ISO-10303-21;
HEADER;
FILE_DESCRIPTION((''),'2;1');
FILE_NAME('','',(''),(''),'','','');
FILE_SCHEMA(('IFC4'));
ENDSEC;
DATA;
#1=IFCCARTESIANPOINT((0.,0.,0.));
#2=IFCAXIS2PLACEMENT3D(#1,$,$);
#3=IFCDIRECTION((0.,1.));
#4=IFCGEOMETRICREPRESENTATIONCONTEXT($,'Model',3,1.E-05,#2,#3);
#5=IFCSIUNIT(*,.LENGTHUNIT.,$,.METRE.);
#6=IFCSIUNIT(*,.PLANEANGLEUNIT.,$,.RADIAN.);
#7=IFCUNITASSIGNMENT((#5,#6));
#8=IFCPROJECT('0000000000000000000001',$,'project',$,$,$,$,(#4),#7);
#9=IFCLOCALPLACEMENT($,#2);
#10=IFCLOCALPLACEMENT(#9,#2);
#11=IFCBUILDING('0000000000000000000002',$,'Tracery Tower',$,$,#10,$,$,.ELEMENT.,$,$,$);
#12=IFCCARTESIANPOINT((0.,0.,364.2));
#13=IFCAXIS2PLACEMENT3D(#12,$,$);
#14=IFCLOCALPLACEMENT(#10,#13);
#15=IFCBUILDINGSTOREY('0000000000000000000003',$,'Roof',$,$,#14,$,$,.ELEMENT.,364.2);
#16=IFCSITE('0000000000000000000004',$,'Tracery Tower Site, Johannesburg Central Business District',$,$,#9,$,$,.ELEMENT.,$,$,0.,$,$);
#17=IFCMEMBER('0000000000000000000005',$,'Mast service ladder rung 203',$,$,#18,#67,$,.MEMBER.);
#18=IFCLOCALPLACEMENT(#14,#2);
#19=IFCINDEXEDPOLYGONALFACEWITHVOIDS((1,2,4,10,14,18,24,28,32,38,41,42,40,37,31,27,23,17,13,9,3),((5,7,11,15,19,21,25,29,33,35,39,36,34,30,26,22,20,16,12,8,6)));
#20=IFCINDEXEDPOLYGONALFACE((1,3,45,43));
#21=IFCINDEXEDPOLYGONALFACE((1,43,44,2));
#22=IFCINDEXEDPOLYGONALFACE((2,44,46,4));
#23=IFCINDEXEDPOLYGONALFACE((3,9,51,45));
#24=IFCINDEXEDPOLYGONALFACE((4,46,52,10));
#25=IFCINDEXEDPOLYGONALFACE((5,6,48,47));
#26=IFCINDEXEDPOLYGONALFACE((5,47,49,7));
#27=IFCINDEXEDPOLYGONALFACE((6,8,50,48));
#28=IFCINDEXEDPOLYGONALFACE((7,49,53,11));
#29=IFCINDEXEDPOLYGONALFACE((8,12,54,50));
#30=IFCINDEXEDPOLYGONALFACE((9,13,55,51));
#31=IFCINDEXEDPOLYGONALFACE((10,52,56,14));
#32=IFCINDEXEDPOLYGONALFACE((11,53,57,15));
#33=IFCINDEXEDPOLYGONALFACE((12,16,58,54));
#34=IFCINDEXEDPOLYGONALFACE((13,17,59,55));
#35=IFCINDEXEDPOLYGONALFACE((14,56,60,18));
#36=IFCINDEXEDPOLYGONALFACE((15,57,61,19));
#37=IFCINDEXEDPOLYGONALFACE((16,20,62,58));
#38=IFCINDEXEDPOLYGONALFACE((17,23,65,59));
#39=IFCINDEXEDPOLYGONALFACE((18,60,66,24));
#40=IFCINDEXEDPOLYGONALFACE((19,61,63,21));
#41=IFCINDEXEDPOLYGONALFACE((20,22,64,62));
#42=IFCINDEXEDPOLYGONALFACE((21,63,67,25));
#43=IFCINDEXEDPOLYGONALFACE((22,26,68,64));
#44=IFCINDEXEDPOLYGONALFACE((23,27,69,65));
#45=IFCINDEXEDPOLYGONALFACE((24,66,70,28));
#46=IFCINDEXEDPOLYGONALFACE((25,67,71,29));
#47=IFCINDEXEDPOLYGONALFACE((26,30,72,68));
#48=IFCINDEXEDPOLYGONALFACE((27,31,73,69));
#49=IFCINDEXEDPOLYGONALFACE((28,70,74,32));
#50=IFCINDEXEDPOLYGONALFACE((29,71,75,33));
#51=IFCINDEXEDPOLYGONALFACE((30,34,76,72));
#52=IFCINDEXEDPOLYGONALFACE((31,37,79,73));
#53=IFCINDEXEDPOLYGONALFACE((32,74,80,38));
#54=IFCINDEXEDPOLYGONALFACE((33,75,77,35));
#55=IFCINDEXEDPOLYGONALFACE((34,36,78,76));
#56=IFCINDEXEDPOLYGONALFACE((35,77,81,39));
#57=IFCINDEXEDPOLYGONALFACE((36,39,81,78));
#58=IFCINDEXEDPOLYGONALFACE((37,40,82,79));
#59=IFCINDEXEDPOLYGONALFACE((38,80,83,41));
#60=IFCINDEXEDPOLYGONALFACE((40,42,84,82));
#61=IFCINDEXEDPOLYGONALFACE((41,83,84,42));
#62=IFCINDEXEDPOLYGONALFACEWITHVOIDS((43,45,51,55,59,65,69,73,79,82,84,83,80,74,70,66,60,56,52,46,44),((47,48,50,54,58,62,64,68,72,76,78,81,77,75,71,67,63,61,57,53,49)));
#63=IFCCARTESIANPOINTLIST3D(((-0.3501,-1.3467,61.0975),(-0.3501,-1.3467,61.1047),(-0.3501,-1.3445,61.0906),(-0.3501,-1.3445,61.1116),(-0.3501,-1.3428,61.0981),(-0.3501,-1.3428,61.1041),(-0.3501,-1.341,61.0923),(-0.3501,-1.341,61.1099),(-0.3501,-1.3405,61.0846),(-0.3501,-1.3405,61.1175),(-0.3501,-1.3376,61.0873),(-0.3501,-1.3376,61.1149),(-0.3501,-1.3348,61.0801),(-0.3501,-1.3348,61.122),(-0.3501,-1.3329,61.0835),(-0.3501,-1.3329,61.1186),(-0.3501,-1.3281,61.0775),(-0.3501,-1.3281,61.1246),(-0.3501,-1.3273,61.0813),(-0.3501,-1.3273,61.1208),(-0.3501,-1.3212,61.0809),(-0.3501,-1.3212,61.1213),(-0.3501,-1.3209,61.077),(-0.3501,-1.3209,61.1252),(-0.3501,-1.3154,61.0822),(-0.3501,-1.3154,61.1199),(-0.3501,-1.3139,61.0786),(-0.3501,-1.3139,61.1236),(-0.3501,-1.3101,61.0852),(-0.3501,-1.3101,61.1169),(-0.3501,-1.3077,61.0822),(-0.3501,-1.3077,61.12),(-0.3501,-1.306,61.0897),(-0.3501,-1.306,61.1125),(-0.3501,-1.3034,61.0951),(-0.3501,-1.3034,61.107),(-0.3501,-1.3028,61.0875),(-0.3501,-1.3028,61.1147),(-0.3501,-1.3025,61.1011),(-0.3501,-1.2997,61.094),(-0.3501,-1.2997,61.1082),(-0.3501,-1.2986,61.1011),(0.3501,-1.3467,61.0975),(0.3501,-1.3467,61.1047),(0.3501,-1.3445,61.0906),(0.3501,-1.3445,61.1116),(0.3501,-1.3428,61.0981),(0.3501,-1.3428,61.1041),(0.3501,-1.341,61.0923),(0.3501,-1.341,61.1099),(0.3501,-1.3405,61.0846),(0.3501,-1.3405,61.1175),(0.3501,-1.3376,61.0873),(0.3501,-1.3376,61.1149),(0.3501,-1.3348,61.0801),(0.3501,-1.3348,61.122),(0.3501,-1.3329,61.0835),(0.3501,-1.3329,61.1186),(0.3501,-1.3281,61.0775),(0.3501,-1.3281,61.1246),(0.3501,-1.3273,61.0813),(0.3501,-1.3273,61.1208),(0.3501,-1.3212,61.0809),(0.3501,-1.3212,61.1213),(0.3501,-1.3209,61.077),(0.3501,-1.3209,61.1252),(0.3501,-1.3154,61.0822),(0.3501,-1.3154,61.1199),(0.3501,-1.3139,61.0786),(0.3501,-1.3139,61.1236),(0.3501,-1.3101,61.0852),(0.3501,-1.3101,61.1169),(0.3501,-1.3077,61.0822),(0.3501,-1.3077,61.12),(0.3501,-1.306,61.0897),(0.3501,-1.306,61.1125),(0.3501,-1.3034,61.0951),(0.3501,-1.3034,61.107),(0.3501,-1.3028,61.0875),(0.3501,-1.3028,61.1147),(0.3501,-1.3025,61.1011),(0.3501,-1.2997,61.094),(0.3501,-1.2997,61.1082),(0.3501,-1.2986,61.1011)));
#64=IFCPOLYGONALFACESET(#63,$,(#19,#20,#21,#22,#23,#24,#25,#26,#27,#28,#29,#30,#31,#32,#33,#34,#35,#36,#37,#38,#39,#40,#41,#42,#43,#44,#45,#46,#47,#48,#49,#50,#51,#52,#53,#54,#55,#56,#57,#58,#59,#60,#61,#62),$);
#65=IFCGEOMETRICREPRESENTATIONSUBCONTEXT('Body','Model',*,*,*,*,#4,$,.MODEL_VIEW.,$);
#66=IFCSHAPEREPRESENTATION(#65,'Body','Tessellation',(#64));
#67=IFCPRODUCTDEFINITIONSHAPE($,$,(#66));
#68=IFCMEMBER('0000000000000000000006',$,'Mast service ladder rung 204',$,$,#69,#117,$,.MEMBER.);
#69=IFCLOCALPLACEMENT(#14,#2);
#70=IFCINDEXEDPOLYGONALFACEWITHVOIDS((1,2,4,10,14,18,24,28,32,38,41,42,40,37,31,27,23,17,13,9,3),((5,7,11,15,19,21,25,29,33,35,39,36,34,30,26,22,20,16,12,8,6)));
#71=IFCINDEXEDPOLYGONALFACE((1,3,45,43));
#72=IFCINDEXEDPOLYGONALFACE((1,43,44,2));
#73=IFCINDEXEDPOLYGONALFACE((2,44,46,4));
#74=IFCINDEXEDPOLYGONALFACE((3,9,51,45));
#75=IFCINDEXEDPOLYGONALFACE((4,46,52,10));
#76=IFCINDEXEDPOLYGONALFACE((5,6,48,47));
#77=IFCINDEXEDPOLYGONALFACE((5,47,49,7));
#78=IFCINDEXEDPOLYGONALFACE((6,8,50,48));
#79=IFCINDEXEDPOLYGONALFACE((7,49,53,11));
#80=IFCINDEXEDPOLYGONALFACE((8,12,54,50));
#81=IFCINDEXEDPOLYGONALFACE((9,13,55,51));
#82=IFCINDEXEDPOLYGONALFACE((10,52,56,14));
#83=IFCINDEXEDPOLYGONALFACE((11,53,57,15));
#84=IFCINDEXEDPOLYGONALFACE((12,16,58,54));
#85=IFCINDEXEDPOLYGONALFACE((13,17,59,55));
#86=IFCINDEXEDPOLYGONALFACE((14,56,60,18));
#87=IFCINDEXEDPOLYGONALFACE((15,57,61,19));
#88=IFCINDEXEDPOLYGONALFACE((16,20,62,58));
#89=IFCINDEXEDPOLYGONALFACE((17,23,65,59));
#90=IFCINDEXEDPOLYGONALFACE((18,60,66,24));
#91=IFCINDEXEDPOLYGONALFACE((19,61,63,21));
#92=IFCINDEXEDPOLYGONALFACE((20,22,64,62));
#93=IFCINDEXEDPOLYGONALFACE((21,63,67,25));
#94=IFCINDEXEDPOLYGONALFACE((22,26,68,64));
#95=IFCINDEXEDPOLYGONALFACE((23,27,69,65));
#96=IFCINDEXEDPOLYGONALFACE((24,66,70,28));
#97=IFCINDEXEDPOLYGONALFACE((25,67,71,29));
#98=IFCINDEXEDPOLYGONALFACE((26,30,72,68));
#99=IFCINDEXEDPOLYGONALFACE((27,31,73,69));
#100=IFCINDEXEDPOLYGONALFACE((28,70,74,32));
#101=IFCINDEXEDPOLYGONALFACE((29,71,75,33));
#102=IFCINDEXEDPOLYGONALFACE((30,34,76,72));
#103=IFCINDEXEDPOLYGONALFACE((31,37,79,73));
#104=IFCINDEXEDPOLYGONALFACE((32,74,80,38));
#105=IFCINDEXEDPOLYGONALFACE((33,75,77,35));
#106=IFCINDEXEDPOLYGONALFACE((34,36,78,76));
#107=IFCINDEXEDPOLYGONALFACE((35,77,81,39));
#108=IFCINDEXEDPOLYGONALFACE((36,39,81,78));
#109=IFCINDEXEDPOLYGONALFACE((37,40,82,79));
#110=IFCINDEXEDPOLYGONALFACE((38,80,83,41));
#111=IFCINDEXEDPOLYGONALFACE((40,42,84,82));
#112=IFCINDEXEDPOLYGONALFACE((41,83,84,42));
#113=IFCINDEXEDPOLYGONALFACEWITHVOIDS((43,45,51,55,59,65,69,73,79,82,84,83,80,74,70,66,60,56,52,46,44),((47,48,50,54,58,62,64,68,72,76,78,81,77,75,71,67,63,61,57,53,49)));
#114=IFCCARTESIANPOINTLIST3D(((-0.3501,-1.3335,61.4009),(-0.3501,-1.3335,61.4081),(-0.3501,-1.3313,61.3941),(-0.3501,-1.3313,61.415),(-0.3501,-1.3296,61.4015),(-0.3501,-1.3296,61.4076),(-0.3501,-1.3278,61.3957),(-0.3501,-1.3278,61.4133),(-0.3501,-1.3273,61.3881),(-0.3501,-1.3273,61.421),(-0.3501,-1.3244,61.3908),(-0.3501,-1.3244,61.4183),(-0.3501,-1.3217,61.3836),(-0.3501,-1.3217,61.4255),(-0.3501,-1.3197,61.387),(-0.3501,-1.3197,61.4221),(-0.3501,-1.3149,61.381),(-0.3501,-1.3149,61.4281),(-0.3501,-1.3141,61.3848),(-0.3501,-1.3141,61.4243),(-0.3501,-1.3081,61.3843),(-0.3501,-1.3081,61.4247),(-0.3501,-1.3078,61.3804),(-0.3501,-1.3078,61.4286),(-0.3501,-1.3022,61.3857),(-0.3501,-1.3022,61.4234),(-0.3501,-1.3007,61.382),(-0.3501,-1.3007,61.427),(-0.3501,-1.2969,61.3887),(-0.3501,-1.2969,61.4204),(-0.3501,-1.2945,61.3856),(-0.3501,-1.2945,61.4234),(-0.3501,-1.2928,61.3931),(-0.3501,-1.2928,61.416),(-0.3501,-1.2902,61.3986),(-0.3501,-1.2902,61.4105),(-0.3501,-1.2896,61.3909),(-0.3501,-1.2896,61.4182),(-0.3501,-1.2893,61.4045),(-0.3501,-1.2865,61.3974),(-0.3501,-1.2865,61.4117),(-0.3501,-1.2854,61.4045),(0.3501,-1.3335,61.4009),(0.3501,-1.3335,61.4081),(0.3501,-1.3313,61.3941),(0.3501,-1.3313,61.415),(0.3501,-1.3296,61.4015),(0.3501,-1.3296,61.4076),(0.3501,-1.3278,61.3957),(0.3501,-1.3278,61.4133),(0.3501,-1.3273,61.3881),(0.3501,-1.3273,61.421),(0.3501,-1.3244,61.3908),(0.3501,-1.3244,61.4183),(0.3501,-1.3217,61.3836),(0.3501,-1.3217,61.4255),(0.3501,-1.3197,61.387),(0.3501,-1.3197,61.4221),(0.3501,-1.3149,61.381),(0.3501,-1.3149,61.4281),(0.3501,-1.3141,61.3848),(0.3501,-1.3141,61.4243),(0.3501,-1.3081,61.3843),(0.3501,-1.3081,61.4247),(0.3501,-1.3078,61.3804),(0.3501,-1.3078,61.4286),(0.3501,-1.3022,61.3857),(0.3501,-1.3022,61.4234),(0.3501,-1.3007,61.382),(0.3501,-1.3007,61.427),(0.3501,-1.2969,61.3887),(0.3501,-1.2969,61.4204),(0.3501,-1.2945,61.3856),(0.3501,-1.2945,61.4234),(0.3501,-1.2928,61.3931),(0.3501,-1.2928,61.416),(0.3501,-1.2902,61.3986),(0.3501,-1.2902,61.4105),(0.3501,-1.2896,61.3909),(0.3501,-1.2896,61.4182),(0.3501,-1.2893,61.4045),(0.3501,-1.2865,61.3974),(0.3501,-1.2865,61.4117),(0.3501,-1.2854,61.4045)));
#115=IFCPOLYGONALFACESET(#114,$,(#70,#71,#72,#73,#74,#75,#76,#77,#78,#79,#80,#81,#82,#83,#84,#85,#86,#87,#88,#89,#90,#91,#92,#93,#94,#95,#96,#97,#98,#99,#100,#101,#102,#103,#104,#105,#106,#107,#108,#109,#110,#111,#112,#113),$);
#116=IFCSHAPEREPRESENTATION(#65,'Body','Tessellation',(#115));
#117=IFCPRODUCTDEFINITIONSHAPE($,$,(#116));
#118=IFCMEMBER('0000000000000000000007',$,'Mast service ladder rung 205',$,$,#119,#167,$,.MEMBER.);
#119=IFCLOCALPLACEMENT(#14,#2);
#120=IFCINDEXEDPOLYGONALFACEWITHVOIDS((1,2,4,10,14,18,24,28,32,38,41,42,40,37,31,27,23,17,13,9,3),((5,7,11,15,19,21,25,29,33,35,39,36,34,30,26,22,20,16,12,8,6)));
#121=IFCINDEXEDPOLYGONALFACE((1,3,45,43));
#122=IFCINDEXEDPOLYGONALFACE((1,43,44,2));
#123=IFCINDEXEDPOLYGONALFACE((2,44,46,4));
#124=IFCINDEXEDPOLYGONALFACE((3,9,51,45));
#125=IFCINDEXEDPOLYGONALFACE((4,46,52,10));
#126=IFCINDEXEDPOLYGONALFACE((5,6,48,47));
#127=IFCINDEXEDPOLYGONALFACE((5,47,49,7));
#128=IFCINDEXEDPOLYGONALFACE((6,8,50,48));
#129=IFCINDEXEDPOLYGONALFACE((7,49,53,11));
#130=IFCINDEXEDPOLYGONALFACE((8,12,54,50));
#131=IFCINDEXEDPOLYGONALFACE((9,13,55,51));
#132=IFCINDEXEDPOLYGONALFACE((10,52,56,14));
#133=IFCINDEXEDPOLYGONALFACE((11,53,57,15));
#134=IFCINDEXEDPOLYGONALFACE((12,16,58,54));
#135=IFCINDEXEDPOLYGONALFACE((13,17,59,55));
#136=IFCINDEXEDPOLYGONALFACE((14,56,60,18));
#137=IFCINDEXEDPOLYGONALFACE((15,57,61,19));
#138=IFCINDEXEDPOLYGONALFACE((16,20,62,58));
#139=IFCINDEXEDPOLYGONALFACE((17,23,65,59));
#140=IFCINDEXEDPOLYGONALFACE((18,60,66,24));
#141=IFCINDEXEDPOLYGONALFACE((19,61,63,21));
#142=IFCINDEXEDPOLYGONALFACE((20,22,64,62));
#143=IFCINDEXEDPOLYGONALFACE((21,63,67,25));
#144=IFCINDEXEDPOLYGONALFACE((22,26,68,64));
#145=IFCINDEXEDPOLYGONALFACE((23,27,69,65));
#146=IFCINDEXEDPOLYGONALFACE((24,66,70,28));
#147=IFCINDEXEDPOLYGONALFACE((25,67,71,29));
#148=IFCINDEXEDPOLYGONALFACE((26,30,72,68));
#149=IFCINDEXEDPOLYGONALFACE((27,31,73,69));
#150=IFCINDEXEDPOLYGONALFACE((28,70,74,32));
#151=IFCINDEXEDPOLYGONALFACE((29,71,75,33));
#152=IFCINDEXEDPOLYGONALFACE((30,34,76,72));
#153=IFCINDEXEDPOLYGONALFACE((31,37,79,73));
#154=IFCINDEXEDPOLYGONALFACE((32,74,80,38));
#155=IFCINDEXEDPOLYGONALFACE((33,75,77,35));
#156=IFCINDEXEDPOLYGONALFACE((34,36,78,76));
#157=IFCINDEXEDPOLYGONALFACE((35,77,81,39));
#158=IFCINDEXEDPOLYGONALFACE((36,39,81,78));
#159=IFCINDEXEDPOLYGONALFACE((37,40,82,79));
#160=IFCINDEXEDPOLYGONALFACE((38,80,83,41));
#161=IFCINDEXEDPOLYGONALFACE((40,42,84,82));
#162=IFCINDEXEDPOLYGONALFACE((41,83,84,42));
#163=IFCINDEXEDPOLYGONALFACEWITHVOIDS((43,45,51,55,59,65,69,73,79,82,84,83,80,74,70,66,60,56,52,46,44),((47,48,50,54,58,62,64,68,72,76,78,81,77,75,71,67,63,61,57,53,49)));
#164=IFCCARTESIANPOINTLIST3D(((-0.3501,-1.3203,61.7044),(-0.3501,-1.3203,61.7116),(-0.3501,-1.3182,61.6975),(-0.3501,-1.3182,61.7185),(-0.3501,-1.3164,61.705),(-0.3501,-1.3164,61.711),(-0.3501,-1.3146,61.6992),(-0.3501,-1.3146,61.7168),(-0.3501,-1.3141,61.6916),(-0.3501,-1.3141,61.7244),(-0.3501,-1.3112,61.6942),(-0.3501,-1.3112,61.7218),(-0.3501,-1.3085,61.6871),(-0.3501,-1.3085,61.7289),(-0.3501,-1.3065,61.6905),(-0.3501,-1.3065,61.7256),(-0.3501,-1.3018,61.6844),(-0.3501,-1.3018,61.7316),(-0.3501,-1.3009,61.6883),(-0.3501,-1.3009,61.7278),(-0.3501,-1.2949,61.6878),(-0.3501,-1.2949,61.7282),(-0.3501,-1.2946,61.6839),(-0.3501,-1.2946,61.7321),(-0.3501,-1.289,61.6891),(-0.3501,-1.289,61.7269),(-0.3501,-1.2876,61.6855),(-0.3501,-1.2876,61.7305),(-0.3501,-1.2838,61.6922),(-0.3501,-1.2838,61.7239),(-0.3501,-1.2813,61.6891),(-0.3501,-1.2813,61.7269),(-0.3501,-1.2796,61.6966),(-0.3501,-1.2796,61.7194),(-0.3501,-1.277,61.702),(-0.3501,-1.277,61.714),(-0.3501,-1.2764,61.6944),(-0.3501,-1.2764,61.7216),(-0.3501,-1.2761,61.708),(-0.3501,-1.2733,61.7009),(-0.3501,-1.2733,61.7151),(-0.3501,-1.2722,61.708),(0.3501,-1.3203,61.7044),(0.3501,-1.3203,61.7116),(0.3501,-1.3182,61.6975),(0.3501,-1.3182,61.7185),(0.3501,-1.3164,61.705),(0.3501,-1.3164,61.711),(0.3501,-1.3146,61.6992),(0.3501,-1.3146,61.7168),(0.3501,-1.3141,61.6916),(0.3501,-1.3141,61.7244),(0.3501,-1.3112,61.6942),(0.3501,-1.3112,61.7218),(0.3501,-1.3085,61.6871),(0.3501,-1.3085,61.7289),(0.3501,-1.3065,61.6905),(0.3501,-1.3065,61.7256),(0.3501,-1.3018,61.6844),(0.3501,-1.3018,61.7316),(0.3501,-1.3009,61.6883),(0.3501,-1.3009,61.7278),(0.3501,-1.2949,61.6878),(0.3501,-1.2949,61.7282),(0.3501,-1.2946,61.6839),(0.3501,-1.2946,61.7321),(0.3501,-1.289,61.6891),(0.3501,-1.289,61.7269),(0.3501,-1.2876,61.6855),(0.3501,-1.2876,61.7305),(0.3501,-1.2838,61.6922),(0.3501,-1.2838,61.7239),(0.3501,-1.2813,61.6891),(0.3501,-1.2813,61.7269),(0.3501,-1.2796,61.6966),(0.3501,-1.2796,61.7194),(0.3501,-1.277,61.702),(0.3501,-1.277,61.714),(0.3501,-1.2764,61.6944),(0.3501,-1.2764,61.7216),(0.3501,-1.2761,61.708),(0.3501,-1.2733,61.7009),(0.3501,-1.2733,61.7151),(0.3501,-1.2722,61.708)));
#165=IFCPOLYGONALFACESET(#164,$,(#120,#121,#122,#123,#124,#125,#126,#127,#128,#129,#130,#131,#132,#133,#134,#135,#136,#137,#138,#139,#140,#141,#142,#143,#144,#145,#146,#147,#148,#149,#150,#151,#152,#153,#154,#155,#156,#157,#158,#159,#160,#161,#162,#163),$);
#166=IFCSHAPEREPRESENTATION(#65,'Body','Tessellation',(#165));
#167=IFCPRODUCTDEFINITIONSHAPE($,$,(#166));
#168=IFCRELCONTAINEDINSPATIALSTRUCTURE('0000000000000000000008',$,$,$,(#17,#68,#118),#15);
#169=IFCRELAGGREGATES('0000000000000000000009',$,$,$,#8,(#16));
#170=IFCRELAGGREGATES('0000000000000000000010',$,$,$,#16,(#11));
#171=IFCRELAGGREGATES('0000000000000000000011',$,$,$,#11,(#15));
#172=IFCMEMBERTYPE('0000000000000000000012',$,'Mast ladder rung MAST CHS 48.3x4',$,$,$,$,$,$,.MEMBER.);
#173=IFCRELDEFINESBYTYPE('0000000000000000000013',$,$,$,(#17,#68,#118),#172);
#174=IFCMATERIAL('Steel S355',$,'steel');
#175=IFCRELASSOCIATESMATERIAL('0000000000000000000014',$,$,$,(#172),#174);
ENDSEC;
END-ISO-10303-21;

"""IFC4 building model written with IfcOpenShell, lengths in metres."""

from ifc_helpers import new_model, si_unit, direction, frame, origin, origin_2d, place, context, subcontext, project, spatial, hollow_circle, extrude, material, material_profile, profile_set, type_object, element, save


model = new_model("IFC4")

# Units and contexts
model_context = context("Model", 3, precision=1e-05, world=origin(), true_north=direction((0.0, 1.0)))
body_context = subcontext(model_context, "Body", "Model", "MODEL_VIEW")
ifc_project = project(units=[si_unit("LENGTHUNIT", "METRE"), si_unit("PLANEANGLEUNIT", "RADIAN")], contexts=[model_context])

# Site, building, storey
site_placement = place(None, origin())
site = spatial("IfcSite", under=ifc_project, at=site_placement, Name="Tracery Tower Site, Johannesburg Central Business District", CompositionType="ELEMENT", RefElevation=0.0)
building_placement = place(site_placement, origin())
building = spatial("IfcBuilding", under=site, at=building_placement, Name="Tracery Tower", CompositionType="ELEMENT")
storey_placement = place(building_placement, frame((0.0, 0.0, 364.2)))
storey = spatial("IfcBuildingStorey", under=building, at=storey_placement, Name="Roof", CompositionType="ELEMENT", Elevation=364.2)

# Members
ifc_material_1 = material(Name="Steel S355", Category="steel")
ifc_material_profile_1 = material_profile(ifc_material_1, hollow_circle(Radius=0.0242, WallThickness=0.0039, at=origin_2d()), Name="CHS 48.3x4")
ifc_profile_set_1 = profile_set([ifc_material_profile_1], Name="Steel S355")
member_type_1 = type_object("IfcMemberType", Name="Mast ladder rung MAST CHS 48.3x4", PredefinedType="MEMBER", material=ifc_profile_set_1)
for number, where, z_axis, x_axis, name in (
    (1, (-0.3501, -1.3228, 61.1011), (1.0, 0.0, 0.0), (0.0, 1.0, 0.0), "Mast service ladder rung 203"),
    (2, (-0.3501, -1.3096, 61.4045), (1.0, 0.0, 0.0), (0.0, 1.0, 0.0), "Mast service ladder rung 204"),
    (3, (-0.3501, -1.2964, 61.708), (1.0, 0.0, 0.0), (0.0, 1.0, 0.0), "Mast service ladder rung 205"),
):
    element("IfcMember", number, at=place(storey_placement, frame(where, z_axis=z_axis, x_axis=x_axis)), inside=storey, type_object=member_type_1, Name=name, PredefinedType="MEMBER", context=body_context, shape_type="SweptSolid", body=[
        extrude(hollow_circle(Radius=0.0242, WallThickness=0.0039, at=origin_2d()), origin(), (0.0, 0.0, 1.0), 0.7002),
    ])

save(model, "model.ifc")
